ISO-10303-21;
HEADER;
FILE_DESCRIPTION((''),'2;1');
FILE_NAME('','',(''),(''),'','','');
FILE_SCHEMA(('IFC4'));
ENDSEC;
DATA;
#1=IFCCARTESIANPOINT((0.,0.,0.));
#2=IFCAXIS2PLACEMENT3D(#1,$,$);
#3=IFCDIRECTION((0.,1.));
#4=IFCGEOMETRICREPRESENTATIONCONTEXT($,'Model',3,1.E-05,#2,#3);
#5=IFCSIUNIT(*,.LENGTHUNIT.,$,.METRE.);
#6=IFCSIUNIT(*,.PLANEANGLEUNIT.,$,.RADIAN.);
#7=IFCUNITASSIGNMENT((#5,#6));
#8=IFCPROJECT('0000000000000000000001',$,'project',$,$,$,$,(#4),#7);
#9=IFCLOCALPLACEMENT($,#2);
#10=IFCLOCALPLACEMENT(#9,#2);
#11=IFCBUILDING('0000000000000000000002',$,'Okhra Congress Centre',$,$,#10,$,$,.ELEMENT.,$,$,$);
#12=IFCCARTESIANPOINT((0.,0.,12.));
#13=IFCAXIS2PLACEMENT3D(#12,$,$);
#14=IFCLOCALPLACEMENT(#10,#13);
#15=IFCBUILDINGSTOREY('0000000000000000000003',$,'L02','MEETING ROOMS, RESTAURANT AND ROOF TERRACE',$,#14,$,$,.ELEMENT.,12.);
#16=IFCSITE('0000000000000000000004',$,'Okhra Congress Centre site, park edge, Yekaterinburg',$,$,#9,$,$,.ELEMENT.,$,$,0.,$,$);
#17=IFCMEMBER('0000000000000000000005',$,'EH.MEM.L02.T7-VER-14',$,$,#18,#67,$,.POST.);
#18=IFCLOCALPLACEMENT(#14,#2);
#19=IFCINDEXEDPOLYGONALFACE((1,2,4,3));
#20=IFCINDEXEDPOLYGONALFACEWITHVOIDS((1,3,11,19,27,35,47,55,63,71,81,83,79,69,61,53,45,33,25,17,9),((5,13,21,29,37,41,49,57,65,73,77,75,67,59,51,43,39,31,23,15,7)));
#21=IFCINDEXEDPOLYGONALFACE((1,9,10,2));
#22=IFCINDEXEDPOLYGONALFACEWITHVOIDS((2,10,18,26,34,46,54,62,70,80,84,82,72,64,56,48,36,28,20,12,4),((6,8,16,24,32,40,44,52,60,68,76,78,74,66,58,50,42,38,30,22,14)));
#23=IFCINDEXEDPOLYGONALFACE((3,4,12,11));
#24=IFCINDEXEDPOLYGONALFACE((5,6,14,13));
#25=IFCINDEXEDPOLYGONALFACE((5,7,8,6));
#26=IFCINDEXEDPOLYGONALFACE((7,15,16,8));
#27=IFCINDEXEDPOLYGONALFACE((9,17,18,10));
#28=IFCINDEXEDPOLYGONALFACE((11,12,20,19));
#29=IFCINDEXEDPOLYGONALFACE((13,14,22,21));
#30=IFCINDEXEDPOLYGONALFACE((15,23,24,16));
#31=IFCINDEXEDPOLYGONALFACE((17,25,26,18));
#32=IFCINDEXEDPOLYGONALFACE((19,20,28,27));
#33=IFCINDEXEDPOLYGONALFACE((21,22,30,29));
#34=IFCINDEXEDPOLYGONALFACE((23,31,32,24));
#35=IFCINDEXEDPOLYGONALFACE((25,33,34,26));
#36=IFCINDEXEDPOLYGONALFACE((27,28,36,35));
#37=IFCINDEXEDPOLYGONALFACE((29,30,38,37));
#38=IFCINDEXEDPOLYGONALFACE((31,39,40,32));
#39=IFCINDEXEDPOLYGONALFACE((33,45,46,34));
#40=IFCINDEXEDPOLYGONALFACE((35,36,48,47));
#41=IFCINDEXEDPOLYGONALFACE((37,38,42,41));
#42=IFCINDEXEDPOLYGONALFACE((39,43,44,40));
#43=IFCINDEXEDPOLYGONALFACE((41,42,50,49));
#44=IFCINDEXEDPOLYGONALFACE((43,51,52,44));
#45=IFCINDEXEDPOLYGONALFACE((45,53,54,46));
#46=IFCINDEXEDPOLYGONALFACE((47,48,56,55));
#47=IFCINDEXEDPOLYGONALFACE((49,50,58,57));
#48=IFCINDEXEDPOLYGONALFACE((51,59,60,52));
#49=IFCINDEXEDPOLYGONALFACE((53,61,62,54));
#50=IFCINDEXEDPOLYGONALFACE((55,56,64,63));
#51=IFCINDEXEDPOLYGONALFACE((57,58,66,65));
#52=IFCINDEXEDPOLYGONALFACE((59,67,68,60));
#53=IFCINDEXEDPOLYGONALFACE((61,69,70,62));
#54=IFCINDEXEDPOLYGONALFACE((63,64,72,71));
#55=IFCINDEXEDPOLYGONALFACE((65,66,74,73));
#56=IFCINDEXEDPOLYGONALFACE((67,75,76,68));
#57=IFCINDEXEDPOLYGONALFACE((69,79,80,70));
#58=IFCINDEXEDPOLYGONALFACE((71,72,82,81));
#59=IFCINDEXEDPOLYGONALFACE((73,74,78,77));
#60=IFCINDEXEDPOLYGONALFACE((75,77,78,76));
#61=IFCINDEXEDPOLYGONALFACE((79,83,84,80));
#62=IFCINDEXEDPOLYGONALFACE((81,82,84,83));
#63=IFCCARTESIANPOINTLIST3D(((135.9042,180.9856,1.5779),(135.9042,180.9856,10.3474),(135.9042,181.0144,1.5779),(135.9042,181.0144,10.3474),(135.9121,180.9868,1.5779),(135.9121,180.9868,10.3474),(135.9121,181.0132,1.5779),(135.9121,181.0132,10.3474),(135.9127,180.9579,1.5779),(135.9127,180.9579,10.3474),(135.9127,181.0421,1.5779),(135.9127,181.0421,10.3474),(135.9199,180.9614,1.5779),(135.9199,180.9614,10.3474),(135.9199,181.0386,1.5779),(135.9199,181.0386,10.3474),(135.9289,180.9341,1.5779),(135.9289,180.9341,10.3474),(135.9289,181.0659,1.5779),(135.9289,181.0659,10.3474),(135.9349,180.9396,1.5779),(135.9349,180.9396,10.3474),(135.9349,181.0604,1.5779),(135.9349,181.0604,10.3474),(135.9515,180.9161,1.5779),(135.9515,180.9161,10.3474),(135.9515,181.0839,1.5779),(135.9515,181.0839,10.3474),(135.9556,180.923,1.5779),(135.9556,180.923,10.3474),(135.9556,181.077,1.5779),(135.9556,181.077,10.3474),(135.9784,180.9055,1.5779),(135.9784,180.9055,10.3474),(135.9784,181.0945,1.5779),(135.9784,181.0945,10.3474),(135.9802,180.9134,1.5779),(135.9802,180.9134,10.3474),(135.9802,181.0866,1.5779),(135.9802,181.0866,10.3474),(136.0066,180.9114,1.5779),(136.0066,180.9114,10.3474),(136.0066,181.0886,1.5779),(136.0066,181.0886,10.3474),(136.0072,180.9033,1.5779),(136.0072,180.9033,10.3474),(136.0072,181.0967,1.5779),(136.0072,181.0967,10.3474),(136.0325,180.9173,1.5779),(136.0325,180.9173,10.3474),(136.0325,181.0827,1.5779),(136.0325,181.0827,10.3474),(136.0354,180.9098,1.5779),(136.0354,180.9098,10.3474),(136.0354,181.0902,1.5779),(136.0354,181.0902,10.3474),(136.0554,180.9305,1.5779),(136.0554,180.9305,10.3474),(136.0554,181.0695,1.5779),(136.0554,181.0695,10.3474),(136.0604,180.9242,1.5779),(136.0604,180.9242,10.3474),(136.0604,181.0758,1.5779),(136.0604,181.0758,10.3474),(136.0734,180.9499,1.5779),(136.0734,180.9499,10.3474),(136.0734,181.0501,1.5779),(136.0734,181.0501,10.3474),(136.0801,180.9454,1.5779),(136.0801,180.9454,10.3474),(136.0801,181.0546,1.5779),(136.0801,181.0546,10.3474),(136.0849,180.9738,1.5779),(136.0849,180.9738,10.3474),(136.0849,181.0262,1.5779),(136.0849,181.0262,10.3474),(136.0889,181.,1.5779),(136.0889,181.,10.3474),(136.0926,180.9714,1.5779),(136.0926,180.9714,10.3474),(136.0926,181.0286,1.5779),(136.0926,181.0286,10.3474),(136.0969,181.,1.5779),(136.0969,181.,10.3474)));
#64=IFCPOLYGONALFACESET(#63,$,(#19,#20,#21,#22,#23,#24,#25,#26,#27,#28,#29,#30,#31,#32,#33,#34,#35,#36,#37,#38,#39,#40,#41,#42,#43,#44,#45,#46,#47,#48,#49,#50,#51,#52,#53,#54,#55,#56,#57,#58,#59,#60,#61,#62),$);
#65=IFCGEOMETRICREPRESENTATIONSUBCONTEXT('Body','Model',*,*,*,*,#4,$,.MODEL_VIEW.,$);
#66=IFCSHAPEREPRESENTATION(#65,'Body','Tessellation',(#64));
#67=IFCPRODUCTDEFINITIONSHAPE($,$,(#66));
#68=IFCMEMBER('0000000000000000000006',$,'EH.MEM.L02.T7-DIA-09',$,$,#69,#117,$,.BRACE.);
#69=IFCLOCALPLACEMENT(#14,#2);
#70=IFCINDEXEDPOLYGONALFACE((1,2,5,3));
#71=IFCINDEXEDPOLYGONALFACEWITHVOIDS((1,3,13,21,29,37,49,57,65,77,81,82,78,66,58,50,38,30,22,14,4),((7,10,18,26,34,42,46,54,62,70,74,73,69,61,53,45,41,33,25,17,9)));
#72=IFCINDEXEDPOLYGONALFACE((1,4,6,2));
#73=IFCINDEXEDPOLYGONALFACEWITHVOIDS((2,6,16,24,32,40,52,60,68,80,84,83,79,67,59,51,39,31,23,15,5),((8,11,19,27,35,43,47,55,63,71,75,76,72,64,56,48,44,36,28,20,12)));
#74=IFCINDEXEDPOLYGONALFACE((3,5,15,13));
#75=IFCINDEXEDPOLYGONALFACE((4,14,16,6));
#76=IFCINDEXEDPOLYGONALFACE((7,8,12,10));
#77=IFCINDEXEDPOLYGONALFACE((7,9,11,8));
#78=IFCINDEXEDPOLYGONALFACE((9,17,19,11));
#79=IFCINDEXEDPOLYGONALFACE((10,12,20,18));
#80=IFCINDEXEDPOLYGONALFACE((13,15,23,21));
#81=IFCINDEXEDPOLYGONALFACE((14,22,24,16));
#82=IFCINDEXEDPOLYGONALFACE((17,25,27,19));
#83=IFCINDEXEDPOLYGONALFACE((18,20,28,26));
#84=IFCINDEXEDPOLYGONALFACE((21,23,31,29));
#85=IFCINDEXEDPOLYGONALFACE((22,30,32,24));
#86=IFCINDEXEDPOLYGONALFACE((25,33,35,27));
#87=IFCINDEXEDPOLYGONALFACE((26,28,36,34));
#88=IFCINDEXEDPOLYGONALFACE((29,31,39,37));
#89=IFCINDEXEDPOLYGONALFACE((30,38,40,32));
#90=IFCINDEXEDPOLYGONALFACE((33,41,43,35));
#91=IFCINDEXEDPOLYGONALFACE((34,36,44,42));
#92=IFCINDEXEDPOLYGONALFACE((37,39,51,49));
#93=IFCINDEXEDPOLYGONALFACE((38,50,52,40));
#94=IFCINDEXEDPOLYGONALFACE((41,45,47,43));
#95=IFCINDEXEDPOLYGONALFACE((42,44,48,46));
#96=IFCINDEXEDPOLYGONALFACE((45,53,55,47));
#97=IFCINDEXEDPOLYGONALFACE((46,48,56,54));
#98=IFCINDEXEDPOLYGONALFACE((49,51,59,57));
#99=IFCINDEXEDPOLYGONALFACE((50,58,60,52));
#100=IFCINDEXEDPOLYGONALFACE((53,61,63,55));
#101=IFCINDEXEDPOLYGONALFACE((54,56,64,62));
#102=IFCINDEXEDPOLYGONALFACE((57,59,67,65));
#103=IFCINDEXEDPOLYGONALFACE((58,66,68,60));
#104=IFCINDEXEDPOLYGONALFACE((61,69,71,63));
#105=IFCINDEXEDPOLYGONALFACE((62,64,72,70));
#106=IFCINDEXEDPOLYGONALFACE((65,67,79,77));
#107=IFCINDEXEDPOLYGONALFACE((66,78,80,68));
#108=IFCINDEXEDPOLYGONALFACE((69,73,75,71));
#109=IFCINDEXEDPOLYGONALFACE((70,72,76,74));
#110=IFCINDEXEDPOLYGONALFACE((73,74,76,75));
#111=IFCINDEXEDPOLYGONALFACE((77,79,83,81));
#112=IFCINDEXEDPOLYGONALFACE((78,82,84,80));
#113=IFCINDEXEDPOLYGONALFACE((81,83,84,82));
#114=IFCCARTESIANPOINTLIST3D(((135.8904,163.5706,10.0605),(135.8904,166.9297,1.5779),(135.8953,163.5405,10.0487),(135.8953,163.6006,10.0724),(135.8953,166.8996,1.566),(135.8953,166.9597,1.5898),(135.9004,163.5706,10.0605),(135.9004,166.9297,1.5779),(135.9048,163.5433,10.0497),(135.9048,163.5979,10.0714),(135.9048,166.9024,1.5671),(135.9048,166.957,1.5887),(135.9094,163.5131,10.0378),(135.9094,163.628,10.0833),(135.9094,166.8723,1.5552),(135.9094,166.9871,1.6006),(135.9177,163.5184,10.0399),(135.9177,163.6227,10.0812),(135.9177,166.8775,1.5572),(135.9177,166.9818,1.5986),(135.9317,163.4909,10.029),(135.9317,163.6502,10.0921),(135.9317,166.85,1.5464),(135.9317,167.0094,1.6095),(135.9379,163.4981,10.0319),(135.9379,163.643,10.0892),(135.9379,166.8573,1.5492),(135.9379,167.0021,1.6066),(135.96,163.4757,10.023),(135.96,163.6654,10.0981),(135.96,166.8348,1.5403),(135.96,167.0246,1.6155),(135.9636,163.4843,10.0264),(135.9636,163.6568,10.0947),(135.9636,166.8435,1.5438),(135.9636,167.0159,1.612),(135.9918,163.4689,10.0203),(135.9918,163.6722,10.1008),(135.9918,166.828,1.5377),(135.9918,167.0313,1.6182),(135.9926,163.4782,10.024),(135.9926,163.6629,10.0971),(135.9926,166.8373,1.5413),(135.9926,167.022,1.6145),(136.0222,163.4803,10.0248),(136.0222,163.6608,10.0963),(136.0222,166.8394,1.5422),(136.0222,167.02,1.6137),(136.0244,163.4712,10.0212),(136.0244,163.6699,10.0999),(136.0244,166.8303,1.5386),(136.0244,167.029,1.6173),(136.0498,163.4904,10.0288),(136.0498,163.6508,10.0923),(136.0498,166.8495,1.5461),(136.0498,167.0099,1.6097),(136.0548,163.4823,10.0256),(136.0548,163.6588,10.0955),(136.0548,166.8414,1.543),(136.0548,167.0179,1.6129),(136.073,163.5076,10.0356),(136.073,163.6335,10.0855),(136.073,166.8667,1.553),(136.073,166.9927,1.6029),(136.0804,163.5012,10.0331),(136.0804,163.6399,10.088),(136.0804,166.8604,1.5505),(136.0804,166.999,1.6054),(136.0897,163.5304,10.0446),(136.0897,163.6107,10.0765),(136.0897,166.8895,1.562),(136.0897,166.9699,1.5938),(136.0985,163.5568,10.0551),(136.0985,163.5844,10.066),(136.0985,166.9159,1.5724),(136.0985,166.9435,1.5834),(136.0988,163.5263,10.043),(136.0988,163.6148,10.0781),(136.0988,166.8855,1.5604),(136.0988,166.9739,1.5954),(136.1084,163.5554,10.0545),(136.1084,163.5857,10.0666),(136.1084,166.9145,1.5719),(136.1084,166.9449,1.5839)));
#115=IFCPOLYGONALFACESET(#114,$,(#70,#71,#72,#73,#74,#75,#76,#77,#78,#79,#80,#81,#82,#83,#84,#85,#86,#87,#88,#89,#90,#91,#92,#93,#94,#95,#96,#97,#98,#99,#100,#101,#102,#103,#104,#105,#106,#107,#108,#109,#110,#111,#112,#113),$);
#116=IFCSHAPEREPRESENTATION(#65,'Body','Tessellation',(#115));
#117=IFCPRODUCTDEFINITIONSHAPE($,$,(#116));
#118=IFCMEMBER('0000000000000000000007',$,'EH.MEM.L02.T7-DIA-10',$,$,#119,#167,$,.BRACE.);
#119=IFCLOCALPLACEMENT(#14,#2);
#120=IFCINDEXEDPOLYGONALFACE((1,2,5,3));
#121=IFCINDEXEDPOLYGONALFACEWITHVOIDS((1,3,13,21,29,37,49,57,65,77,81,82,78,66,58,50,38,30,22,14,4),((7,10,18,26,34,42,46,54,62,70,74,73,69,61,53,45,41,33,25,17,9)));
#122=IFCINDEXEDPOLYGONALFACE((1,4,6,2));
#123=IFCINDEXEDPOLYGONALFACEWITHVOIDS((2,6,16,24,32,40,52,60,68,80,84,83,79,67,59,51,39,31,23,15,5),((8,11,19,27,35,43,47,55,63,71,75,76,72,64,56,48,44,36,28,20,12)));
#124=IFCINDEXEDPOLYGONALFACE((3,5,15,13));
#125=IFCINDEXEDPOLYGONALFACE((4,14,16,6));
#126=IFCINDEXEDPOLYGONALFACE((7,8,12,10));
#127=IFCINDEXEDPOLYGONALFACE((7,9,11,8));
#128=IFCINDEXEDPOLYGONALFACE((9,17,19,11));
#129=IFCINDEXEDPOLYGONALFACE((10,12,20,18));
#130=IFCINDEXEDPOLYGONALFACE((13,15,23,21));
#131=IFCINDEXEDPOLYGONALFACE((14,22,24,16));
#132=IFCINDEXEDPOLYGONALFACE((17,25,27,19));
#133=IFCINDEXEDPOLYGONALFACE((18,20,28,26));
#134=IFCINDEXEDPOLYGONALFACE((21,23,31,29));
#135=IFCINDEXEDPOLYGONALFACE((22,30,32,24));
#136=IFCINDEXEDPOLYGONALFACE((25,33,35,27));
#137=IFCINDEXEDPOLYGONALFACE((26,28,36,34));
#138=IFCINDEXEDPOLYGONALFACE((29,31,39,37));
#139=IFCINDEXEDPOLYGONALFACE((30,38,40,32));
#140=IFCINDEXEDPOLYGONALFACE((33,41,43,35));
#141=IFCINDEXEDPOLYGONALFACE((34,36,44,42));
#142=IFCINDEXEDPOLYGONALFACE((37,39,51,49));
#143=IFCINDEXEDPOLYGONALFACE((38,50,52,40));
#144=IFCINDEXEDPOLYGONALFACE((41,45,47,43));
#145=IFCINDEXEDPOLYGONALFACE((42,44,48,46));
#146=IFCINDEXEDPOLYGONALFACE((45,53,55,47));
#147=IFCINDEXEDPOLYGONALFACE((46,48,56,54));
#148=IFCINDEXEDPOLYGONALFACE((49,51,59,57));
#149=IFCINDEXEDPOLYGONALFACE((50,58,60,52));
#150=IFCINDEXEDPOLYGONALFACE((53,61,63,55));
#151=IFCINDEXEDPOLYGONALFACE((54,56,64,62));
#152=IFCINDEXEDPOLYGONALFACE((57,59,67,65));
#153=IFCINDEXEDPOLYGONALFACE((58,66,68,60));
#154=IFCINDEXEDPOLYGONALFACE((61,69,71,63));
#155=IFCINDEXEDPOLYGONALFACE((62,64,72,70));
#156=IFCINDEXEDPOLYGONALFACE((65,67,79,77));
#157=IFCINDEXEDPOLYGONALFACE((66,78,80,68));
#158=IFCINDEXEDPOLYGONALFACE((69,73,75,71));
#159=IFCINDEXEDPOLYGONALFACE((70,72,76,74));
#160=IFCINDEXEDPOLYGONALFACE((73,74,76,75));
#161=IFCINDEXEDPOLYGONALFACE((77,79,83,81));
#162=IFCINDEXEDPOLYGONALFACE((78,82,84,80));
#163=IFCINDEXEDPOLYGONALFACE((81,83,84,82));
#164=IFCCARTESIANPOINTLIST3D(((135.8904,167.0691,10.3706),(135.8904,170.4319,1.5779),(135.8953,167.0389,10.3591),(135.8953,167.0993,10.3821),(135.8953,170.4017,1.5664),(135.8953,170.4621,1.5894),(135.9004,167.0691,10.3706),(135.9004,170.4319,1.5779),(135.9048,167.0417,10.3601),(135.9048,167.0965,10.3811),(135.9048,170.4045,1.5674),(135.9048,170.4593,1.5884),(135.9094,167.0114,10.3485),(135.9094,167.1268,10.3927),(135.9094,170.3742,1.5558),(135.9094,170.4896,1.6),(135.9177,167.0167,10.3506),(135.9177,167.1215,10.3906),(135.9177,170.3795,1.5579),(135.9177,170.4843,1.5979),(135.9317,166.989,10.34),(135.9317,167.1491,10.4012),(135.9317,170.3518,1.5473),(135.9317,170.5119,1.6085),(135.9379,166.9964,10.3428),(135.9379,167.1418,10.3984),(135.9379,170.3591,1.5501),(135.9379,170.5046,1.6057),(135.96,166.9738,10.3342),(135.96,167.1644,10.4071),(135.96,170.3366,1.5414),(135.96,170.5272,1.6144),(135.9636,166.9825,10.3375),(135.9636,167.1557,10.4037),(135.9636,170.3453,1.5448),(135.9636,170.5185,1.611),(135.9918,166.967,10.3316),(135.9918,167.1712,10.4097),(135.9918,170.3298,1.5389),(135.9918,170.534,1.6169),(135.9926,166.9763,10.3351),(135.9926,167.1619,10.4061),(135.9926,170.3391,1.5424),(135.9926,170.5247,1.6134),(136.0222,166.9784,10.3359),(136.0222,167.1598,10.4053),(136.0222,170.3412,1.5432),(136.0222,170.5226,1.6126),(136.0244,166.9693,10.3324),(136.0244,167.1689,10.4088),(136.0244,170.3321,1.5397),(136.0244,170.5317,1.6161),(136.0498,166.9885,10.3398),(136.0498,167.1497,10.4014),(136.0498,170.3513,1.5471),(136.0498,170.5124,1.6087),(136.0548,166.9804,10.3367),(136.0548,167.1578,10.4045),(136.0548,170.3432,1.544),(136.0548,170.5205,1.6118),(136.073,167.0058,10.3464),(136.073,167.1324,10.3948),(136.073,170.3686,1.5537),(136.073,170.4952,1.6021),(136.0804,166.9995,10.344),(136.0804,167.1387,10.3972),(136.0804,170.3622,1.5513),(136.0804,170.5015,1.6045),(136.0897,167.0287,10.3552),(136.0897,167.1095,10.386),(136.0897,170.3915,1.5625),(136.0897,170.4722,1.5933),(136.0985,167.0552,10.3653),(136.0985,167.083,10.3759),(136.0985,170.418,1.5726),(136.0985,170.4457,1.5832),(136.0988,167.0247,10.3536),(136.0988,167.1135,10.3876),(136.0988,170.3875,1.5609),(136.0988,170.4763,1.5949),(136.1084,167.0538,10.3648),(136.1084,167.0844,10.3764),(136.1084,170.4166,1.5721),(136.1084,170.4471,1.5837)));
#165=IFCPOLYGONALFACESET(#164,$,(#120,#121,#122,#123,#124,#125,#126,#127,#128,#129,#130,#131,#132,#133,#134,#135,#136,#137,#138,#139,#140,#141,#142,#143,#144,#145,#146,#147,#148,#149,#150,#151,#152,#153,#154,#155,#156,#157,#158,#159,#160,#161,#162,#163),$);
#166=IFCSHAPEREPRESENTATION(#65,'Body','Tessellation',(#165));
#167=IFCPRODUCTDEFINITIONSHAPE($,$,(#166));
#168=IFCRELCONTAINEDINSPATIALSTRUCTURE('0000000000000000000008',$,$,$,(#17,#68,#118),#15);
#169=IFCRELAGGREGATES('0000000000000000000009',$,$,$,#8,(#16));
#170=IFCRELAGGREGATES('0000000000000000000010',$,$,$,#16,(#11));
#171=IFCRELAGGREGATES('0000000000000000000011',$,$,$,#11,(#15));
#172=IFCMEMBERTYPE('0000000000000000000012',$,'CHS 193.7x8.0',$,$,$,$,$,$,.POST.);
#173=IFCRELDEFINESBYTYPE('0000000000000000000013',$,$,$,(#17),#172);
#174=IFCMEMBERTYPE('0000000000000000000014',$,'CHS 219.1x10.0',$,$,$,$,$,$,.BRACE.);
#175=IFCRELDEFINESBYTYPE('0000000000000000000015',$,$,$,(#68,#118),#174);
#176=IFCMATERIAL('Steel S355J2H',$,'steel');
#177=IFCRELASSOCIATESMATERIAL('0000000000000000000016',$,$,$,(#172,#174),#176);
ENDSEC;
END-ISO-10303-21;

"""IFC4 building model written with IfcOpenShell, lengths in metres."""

from ifc_helpers import new_model, si_unit, direction, frame, origin, origin_2d, place, context, subcontext, project, spatial, hollow_circle, extrude, material, material_profile, profile_set, type_object, element, save


model = new_model("IFC4")

# Units and contexts
model_context = context("Model", 3, precision=1e-05, world=origin(), true_north=direction((0.0, 1.0)))
body_context = subcontext(model_context, "Body", "Model", "MODEL_VIEW")
ifc_project = project(units=[si_unit("LENGTHUNIT", "METRE"), si_unit("PLANEANGLEUNIT", "RADIAN")], contexts=[model_context])

# Site, building, storey
site_placement = place(None, origin())
site = spatial("IfcSite", under=ifc_project, at=site_placement, Name="Okhra Congress Centre site, park edge, Yekaterinburg", CompositionType="ELEMENT", RefElevation=0.0)
building_placement = place(site_placement, origin())
building = spatial("IfcBuilding", under=site, at=building_placement, Name="Okhra Congress Centre", CompositionType="ELEMENT")
storey_placement = place(building_placement, frame((0.0, 0.0, 12.0)))
storey = spatial("IfcBuildingStorey", under=building, at=storey_placement, Name="L02", Description="MEETING ROOMS, RESTAURANT AND ROOF TERRACE", CompositionType="ELEMENT", Elevation=12.0)

# Members
ifc_material_1 = material(Name="Steel S355J2H", Category="steel")
ifc_material_profile_1 = material_profile(ifc_material_1, hollow_circle(Radius=0.0969, WallThickness=0.0081, at=origin_2d()), Name="CHS 193.7x8.0")
ifc_profile_set_1 = profile_set([ifc_material_profile_1], Name="Steel S355J2H")
member_type_1 = type_object("IfcMemberType", Name="CHS 193.7x8.0", PredefinedType="POST", material=ifc_profile_set_1)
member_1_placement = place(storey_placement, frame((136.0, 181.0, 1.5779), z_axis=(0.0, 0.0, 1.0), x_axis=(1.0, 0.0, 0.0)))
element("IfcMember", 1, at=member_1_placement, inside=storey, type_object=member_type_1, Name="EH.MEM.L02.T7-VER-14", PredefinedType="POST", context=body_context, shape_type="SweptSolid", body=[
    extrude(hollow_circle(Radius=0.0969, WallThickness=0.0081, at=origin_2d()), origin(), (0.0, 0.0, 1.0), 8.7695),
])
ifc_material_profile_2 = material_profile(ifc_material_1, hollow_circle(Radius=0.1096, WallThickness=0.01, at=origin_2d()), Name="CHS 219.1x10.0")
ifc_profile_set_2 = profile_set([ifc_material_profile_2], Name="Steel S355J2H")
member_type_2 = type_object("IfcMemberType", Name="CHS 219.1x10.0", PredefinedType="BRACE", material=ifc_profile_set_2)
member_2_placement = place(storey_placement, frame((136.0, 163.5706, 10.0605), z_axis=(0.0, 0.368182, -0.929754), x_axis=(-1.0, 0.0, 0.0)))
element("IfcMember", 2, at=member_2_placement, inside=storey, type_object=member_type_2, Name="EH.MEM.L02.T7-DIA-09", PredefinedType="BRACE", context=body_context, shape_type="SweptSolid", body=[
    extrude(hollow_circle(Radius=0.1096, WallThickness=0.01, at=origin_2d()), origin(), (0.0, 0.0, 1.0), 9.1235),
])
member_3_placement = place(storey_placement, frame((136.0, 167.0691, 10.3706), z_axis=(0.0, 0.357218, -0.934021), x_axis=(-1.0, 0.0, 0.0)))
element("IfcMember", 3, at=member_3_placement, inside=storey, type_object=member_type_2, Name="EH.MEM.L02.T7-DIA-10", PredefinedType="BRACE", context=body_context, shape_type="SweptSolid", body=[
    extrude(hollow_circle(Radius=0.1096, WallThickness=0.01, at=origin_2d()), origin(), (0.0, 0.0, 1.0), 9.4138),
])

save(model, "model.ifc")
